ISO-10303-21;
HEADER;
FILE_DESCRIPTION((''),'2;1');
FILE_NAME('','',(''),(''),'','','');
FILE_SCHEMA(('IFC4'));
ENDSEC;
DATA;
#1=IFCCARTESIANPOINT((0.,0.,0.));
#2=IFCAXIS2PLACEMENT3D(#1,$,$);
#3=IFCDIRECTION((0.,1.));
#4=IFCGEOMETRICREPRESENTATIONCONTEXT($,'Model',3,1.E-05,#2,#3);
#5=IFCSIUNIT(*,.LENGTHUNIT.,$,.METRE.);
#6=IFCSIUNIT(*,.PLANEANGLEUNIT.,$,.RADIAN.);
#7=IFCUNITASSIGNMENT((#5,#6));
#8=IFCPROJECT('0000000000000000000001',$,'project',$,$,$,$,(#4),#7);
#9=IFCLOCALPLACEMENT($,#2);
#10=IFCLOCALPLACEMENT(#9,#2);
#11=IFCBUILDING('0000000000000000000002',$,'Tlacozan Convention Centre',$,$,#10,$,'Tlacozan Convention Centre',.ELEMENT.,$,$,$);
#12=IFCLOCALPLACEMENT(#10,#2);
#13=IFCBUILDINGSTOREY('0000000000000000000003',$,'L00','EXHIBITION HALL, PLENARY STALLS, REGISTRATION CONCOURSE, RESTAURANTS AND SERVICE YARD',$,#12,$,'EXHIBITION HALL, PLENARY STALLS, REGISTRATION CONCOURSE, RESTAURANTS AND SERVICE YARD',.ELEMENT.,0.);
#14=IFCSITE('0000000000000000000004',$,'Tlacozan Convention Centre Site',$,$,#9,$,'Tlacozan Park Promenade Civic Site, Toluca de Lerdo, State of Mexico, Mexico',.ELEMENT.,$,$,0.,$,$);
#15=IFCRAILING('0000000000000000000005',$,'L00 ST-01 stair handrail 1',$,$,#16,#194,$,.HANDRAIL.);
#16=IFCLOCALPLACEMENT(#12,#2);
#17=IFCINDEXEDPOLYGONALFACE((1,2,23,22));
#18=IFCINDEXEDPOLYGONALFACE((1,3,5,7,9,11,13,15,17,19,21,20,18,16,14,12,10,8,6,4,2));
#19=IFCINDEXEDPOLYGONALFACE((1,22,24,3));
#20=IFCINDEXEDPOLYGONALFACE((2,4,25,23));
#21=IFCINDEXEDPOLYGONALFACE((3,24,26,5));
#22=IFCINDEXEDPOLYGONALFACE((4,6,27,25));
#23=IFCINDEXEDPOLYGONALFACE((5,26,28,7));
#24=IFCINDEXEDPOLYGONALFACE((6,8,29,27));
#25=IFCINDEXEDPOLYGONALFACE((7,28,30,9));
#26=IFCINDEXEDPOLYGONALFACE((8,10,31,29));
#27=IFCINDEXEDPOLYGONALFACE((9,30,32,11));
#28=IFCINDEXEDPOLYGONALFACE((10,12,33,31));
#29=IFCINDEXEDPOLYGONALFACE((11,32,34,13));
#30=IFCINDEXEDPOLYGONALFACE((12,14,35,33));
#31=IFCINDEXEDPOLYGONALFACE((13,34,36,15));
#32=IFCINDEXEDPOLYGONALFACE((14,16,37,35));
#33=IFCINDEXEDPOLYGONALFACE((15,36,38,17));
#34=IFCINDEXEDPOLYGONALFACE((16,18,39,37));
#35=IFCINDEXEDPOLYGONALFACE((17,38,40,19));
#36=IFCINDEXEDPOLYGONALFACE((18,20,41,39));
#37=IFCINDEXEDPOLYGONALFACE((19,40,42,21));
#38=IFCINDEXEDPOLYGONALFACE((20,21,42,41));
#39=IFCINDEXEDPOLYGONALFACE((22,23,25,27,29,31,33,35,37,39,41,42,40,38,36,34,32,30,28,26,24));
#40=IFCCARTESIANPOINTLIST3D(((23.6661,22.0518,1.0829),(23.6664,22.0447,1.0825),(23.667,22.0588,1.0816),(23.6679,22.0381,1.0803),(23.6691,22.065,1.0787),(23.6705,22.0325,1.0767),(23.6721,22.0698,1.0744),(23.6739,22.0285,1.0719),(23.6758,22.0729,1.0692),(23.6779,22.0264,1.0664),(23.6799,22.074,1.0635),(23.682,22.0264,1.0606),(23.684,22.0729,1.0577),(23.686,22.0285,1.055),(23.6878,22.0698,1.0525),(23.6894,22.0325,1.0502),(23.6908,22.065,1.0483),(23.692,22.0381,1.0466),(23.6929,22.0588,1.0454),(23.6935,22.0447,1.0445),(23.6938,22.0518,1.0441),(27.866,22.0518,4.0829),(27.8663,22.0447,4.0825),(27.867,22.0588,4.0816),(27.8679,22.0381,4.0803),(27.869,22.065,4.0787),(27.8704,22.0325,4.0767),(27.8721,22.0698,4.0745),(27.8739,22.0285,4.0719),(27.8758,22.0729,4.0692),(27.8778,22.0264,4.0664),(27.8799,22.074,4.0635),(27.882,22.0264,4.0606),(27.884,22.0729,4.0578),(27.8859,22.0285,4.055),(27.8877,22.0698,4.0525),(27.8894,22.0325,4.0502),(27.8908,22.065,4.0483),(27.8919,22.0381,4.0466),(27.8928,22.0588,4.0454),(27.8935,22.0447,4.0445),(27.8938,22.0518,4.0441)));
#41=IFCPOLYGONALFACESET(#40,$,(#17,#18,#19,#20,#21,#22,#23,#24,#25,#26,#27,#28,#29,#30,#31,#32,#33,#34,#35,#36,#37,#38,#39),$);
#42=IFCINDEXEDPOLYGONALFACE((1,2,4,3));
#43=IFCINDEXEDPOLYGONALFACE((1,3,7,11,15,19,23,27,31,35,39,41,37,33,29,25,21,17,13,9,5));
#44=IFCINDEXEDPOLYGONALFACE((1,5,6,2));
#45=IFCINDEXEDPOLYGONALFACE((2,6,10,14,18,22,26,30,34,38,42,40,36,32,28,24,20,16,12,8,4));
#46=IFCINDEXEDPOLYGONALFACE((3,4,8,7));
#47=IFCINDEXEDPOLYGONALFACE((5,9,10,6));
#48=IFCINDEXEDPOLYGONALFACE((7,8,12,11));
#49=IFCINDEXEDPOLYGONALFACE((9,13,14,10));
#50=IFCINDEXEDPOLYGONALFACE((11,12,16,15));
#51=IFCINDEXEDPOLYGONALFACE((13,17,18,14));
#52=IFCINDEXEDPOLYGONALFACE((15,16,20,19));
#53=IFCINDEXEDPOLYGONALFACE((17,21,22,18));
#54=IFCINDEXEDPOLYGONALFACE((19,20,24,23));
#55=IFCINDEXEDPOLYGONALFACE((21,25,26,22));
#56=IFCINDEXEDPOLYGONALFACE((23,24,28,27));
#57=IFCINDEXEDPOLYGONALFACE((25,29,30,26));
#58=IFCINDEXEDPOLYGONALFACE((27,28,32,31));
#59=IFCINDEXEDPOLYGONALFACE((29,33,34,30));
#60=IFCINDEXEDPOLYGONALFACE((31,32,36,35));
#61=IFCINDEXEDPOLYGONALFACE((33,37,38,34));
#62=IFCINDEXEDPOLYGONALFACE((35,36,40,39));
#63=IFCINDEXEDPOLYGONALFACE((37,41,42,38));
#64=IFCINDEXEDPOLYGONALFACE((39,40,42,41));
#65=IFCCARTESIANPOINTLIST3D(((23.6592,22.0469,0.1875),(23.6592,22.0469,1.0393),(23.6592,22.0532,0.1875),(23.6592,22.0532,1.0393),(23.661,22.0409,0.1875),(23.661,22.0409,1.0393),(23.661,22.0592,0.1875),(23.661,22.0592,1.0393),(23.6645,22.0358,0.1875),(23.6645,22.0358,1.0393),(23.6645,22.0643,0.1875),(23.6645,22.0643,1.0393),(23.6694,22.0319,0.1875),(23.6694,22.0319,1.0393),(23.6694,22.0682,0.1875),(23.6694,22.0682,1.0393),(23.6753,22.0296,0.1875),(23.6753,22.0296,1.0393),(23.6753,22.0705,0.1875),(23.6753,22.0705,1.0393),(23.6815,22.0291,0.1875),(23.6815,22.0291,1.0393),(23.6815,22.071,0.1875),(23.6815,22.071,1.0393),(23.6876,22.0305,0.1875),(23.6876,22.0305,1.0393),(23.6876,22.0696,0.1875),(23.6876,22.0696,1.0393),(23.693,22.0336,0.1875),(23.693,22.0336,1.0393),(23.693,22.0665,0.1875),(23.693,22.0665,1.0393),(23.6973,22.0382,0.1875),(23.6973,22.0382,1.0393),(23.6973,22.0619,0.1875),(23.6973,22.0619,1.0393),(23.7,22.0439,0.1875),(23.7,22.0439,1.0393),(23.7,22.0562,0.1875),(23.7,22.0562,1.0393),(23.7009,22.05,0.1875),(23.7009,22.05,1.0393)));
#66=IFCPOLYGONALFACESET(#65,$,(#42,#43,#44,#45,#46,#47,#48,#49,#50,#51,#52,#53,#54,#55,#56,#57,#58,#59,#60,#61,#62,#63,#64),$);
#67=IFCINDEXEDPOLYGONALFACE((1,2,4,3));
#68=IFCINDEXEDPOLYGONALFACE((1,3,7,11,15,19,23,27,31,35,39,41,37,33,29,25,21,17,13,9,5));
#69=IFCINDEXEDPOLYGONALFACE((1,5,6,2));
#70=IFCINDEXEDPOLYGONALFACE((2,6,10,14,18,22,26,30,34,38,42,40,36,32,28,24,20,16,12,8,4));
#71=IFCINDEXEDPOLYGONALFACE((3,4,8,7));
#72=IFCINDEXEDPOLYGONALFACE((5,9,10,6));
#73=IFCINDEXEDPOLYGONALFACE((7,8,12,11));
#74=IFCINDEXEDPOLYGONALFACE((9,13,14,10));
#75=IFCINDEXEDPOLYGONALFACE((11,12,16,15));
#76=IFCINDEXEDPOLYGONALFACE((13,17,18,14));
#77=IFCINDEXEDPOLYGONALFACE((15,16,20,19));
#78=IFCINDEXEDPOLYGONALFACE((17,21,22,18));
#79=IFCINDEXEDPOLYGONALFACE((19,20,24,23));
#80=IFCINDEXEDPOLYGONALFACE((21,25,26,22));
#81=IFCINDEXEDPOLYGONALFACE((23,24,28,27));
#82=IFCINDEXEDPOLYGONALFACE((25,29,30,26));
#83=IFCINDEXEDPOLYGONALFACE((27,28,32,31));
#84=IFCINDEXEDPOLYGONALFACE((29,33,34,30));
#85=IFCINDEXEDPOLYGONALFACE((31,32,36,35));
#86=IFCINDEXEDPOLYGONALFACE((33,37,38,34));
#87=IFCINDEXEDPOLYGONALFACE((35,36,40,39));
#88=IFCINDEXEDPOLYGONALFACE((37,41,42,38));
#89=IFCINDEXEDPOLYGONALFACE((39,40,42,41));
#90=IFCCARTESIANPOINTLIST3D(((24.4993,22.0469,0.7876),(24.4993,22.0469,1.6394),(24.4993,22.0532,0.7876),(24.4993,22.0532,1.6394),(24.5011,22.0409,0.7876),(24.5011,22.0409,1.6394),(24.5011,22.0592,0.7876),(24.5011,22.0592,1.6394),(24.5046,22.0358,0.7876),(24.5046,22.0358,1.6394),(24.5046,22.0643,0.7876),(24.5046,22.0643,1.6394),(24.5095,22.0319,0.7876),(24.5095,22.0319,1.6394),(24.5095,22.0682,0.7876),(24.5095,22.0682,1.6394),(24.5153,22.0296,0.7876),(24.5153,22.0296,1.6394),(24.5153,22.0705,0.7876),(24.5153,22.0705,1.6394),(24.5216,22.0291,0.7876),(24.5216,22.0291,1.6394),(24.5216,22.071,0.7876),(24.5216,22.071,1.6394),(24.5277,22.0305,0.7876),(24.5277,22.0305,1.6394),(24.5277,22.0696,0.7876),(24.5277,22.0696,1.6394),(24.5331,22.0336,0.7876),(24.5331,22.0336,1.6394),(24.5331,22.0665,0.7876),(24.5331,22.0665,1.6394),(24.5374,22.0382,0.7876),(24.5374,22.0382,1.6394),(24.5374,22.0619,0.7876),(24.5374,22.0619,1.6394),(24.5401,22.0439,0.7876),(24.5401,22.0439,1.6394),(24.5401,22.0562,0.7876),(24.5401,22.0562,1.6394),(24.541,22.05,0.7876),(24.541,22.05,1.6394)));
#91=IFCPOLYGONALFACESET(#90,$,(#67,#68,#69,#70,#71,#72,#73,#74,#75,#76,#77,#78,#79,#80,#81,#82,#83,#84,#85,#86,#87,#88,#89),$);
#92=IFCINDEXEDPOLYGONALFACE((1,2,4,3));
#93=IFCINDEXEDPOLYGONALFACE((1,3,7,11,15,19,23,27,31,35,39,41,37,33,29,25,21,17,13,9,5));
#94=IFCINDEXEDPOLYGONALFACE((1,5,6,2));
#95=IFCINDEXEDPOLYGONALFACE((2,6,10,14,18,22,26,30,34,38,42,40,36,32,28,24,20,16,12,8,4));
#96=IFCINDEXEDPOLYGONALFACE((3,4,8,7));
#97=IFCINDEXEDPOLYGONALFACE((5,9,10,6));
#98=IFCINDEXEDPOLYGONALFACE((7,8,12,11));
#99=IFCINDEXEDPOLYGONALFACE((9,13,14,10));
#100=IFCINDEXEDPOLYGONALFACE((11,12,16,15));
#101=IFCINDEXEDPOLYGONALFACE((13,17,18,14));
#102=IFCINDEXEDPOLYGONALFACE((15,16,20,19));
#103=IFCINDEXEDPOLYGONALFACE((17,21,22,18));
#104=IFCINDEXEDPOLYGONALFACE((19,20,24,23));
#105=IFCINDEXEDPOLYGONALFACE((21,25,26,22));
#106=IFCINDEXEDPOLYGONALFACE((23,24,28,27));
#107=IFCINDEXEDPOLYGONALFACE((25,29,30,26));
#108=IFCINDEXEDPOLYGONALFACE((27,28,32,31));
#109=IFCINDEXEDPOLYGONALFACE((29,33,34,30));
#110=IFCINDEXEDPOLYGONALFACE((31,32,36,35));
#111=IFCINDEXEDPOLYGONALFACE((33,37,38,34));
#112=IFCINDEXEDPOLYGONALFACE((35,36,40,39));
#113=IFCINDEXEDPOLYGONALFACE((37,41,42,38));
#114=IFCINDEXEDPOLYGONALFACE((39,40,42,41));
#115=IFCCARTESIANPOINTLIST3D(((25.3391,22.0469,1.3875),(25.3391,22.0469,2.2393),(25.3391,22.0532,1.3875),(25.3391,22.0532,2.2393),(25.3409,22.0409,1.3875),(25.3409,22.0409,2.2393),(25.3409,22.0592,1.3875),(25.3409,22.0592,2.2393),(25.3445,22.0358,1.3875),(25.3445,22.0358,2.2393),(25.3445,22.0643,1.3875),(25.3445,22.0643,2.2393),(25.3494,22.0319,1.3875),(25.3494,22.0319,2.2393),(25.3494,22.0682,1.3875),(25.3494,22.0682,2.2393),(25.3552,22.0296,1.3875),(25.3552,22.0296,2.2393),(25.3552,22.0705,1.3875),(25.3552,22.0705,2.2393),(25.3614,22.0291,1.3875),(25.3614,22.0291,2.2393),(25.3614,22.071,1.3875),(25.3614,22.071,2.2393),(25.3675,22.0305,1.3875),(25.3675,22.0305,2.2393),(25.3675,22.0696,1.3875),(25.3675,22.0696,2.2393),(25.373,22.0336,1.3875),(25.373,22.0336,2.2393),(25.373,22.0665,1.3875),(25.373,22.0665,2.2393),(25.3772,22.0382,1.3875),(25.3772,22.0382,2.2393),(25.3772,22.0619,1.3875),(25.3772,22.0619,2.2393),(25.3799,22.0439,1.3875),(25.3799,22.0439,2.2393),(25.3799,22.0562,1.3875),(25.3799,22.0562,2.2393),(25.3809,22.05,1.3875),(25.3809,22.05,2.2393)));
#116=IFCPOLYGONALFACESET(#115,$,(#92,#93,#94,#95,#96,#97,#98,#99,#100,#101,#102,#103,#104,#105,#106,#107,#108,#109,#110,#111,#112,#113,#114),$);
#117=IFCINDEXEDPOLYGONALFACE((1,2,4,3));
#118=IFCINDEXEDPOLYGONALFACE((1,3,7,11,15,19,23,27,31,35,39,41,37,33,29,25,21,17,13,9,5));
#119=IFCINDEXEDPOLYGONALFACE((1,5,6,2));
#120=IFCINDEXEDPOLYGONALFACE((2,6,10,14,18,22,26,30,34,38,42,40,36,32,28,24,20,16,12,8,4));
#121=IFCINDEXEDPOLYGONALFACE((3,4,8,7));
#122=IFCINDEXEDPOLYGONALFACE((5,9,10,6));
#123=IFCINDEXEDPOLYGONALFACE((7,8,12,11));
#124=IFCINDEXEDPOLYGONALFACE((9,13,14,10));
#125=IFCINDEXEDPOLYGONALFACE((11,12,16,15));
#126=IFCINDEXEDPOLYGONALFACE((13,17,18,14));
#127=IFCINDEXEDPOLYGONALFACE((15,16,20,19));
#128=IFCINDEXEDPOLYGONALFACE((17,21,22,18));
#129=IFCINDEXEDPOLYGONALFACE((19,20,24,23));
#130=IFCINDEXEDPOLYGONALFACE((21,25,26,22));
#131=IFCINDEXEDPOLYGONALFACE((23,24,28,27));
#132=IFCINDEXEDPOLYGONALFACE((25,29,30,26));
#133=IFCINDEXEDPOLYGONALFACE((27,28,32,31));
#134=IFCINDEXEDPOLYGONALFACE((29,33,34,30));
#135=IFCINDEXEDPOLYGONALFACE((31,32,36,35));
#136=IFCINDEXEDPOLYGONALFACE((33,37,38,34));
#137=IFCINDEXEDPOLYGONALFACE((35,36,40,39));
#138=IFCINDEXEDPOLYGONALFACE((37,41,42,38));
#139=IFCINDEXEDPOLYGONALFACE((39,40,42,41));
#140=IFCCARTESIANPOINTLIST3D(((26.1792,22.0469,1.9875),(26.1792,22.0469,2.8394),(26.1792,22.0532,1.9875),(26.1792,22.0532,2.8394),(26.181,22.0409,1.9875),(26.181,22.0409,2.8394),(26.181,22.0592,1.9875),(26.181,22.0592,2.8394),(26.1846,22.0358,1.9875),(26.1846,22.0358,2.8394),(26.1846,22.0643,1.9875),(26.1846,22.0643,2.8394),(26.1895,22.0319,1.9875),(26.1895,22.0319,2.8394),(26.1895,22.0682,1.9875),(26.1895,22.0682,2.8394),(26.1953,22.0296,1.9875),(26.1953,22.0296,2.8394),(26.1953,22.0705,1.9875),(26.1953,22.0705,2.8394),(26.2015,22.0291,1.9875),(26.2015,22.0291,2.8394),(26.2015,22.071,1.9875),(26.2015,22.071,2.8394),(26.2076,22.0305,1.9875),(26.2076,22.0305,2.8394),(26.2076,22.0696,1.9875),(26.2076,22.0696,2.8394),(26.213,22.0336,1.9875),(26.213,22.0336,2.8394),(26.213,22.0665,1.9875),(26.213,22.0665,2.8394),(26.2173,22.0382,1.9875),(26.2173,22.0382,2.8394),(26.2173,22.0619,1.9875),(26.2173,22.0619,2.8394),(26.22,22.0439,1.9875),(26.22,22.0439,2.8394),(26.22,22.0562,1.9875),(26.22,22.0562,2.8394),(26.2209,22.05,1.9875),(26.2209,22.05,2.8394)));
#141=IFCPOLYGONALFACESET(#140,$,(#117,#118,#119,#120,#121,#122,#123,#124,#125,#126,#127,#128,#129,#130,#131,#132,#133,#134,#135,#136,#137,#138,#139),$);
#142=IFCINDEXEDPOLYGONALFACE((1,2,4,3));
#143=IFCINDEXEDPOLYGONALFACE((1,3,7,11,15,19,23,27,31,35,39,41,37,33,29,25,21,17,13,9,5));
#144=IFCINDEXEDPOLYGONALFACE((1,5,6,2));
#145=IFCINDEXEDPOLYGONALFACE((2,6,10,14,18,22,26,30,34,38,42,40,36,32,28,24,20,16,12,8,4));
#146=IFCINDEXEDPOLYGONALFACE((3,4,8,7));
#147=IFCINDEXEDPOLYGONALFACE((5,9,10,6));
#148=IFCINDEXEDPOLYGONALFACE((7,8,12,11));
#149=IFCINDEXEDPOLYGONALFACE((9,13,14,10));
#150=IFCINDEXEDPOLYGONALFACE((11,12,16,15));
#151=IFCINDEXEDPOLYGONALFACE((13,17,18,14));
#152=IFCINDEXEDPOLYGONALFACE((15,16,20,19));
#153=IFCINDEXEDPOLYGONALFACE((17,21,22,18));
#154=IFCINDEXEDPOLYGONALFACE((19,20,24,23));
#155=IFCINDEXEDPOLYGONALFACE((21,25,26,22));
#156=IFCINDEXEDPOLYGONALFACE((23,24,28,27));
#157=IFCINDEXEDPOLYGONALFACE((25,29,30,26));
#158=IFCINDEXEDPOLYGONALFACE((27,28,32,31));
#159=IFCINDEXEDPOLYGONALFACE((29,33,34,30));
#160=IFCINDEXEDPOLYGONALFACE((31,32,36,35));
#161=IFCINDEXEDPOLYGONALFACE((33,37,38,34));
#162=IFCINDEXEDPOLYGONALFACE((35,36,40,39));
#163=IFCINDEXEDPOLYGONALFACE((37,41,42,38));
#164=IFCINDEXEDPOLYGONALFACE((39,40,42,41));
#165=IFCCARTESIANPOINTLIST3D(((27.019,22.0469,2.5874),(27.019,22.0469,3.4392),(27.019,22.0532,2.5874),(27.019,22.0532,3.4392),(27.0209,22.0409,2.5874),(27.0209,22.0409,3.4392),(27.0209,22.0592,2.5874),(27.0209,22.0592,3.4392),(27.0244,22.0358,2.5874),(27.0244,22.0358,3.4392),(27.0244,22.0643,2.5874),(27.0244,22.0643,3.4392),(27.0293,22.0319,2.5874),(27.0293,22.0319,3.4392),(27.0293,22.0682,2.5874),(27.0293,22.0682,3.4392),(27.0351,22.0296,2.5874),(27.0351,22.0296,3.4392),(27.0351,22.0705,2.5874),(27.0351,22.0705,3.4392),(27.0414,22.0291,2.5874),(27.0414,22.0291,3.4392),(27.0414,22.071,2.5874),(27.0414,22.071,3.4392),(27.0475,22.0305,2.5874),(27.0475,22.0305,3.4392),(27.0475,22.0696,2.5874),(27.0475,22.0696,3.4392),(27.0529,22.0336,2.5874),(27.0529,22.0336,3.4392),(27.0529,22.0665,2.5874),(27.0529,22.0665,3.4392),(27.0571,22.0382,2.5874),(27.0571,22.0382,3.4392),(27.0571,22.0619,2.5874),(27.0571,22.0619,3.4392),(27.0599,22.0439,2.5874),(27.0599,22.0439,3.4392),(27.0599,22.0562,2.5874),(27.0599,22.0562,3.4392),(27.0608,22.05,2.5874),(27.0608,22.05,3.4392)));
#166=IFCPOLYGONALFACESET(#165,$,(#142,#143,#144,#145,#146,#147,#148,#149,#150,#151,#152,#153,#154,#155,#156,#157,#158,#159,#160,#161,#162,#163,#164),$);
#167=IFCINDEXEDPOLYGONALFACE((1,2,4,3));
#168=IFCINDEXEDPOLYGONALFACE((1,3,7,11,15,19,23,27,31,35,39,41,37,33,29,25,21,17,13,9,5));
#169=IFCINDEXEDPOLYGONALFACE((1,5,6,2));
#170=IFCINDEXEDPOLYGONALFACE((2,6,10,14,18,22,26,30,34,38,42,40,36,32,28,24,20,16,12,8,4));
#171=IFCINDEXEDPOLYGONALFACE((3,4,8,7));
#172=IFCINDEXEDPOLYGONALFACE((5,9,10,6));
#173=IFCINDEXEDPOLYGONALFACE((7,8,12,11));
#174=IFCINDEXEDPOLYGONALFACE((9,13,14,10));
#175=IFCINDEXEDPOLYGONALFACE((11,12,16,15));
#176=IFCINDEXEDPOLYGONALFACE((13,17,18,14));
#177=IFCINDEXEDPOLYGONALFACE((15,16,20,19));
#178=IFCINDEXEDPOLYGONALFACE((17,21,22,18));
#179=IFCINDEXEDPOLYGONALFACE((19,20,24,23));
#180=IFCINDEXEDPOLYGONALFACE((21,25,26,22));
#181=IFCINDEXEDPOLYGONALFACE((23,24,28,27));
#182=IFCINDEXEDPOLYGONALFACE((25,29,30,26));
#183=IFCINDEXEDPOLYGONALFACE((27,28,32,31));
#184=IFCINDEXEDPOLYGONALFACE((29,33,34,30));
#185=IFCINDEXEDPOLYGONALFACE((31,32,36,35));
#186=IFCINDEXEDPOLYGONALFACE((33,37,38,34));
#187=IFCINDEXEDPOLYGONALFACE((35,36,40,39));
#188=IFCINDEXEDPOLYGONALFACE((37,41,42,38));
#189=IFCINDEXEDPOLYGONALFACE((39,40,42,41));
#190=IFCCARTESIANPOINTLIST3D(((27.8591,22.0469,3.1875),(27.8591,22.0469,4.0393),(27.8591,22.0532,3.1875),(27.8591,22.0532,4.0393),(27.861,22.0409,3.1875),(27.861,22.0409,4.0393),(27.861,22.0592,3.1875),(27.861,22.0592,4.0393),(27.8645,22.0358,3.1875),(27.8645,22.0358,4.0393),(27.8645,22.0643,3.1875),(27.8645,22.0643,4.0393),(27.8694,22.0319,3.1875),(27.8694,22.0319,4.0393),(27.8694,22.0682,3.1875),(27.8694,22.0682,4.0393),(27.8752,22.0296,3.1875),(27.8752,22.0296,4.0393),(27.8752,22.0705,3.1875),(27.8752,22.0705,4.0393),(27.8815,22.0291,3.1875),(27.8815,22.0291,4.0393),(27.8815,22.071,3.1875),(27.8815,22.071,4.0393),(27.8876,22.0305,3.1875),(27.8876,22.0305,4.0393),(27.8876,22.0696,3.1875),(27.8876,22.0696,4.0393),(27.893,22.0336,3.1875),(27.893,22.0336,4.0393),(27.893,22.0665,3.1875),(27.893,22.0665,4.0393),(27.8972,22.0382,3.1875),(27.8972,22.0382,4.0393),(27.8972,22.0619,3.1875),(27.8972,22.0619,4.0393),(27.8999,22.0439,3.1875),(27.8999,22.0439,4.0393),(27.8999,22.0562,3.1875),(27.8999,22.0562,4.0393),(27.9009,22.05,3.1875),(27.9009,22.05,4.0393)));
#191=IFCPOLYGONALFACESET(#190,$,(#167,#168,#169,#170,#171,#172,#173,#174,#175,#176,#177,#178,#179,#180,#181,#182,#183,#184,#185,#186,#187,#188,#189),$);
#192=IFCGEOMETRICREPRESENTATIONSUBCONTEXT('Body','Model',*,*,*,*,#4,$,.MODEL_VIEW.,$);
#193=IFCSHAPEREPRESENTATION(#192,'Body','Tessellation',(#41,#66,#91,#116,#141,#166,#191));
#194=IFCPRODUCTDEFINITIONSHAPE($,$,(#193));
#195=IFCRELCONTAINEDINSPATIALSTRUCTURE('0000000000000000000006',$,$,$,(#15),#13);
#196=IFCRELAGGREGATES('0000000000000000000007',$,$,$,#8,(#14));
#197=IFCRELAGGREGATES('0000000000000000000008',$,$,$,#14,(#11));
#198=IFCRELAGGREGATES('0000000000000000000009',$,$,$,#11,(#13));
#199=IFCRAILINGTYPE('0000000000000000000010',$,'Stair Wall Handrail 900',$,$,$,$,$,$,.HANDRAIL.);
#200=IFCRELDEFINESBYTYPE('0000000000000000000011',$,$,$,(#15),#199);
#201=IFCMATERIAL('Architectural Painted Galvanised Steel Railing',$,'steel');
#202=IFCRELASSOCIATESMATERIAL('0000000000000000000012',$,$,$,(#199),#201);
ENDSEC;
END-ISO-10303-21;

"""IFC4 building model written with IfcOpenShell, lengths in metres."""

from ifc_helpers import new_model, si_unit, direction, frame, origin, origin_2d, place, context, subcontext, project, spatial, circle, extrude, material, type_object, element, save


model = new_model("IFC4")

# Units and contexts
model_context = context("Model", 3, precision=1e-05, world=origin(), true_north=direction((0.0, 1.0)))
body_context = subcontext(model_context, "Body", "Model", "MODEL_VIEW")
ifc_project = project(units=[si_unit("LENGTHUNIT", "METRE"), si_unit("PLANEANGLEUNIT", "RADIAN")], contexts=[model_context])

# Site, building, storey
site_placement = place(None, origin())
site = spatial("IfcSite", under=ifc_project, at=site_placement, Name="Tlacozan Convention Centre Site", LongName="Tlacozan Park Promenade Civic Site, Toluca de Lerdo, State of Mexico, Mexico", CompositionType="ELEMENT", RefElevation=0.0)
building_placement = place(site_placement, origin())
building = spatial("IfcBuilding", under=site, at=building_placement, Name="Tlacozan Convention Centre", LongName="Tlacozan Convention Centre", CompositionType="ELEMENT")
storey_placement = place(building_placement, origin())
storey = spatial("IfcBuildingStorey", under=building, at=storey_placement, Name="L00", Description="EXHIBITION HALL, PLENARY STALLS, REGISTRATION CONCOURSE, RESTAURANTS AND SERVICE YARD", LongName="EXHIBITION HALL, PLENARY STALLS, REGISTRATION CONCOURSE, RESTAURANTS AND SERVICE YARD", CompositionType="ELEMENT", Elevation=0.0)

# Railing
ifc_material_1 = material(Name="Architectural Painted Galvanised Steel Railing", Category="steel")
railing_type_1 = type_object("IfcRailingType", Name="Stair Wall Handrail 900", PredefinedType="HANDRAIL", material=ifc_material_1)
railing_1_placement = place(storey_placement, frame((23.6799, 22.05, 0.1875)))
element("IfcRailing", 1, at=railing_1_placement, inside=storey, type_object=railing_type_1, Name="L00 ST-01 stair handrail 1", PredefinedType="HANDRAIL", context=body_context, shape_type="SweptSolid", body=[
    extrude(circle(Radius=0.0239, at=origin_2d()), frame((0.0, 0.0, 0.876), z_axis=(0.81373, 0.0, 0.581243), x_axis=(0.0, 1.0, 0.0)), (0.0, 0.0, 1.0), 5.1614),
    extrude(circle(Radius=0.021, at=origin_2d()), origin(), (0.0, 0.0, 1.0), 0.8518),
    extrude(circle(Radius=0.021, at=origin_2d()), frame((0.8401, 0.0, 0.6001)), (0.0, 0.0, 1.0), 0.8518),
    extrude(circle(Radius=0.021, at=origin_2d()), frame((1.6799, 0.0, 1.2)), (0.0, 0.0, 1.0), 0.8518),
    extrude(circle(Radius=0.021, at=origin_2d()), frame((2.52, 0.0, 1.8)), (0.0, 0.0, 1.0), 0.8518),
    extrude(circle(Radius=0.021, at=origin_2d()), frame((3.3599, 0.0, 2.3999)), (0.0, 0.0, 1.0), 0.8518),
    extrude(circle(Radius=0.021, at=origin_2d()), frame((4.2, 0.0, 3.0)), (0.0, 0.0, 1.0), 0.8518),
])

save(model, "model.ifc")
